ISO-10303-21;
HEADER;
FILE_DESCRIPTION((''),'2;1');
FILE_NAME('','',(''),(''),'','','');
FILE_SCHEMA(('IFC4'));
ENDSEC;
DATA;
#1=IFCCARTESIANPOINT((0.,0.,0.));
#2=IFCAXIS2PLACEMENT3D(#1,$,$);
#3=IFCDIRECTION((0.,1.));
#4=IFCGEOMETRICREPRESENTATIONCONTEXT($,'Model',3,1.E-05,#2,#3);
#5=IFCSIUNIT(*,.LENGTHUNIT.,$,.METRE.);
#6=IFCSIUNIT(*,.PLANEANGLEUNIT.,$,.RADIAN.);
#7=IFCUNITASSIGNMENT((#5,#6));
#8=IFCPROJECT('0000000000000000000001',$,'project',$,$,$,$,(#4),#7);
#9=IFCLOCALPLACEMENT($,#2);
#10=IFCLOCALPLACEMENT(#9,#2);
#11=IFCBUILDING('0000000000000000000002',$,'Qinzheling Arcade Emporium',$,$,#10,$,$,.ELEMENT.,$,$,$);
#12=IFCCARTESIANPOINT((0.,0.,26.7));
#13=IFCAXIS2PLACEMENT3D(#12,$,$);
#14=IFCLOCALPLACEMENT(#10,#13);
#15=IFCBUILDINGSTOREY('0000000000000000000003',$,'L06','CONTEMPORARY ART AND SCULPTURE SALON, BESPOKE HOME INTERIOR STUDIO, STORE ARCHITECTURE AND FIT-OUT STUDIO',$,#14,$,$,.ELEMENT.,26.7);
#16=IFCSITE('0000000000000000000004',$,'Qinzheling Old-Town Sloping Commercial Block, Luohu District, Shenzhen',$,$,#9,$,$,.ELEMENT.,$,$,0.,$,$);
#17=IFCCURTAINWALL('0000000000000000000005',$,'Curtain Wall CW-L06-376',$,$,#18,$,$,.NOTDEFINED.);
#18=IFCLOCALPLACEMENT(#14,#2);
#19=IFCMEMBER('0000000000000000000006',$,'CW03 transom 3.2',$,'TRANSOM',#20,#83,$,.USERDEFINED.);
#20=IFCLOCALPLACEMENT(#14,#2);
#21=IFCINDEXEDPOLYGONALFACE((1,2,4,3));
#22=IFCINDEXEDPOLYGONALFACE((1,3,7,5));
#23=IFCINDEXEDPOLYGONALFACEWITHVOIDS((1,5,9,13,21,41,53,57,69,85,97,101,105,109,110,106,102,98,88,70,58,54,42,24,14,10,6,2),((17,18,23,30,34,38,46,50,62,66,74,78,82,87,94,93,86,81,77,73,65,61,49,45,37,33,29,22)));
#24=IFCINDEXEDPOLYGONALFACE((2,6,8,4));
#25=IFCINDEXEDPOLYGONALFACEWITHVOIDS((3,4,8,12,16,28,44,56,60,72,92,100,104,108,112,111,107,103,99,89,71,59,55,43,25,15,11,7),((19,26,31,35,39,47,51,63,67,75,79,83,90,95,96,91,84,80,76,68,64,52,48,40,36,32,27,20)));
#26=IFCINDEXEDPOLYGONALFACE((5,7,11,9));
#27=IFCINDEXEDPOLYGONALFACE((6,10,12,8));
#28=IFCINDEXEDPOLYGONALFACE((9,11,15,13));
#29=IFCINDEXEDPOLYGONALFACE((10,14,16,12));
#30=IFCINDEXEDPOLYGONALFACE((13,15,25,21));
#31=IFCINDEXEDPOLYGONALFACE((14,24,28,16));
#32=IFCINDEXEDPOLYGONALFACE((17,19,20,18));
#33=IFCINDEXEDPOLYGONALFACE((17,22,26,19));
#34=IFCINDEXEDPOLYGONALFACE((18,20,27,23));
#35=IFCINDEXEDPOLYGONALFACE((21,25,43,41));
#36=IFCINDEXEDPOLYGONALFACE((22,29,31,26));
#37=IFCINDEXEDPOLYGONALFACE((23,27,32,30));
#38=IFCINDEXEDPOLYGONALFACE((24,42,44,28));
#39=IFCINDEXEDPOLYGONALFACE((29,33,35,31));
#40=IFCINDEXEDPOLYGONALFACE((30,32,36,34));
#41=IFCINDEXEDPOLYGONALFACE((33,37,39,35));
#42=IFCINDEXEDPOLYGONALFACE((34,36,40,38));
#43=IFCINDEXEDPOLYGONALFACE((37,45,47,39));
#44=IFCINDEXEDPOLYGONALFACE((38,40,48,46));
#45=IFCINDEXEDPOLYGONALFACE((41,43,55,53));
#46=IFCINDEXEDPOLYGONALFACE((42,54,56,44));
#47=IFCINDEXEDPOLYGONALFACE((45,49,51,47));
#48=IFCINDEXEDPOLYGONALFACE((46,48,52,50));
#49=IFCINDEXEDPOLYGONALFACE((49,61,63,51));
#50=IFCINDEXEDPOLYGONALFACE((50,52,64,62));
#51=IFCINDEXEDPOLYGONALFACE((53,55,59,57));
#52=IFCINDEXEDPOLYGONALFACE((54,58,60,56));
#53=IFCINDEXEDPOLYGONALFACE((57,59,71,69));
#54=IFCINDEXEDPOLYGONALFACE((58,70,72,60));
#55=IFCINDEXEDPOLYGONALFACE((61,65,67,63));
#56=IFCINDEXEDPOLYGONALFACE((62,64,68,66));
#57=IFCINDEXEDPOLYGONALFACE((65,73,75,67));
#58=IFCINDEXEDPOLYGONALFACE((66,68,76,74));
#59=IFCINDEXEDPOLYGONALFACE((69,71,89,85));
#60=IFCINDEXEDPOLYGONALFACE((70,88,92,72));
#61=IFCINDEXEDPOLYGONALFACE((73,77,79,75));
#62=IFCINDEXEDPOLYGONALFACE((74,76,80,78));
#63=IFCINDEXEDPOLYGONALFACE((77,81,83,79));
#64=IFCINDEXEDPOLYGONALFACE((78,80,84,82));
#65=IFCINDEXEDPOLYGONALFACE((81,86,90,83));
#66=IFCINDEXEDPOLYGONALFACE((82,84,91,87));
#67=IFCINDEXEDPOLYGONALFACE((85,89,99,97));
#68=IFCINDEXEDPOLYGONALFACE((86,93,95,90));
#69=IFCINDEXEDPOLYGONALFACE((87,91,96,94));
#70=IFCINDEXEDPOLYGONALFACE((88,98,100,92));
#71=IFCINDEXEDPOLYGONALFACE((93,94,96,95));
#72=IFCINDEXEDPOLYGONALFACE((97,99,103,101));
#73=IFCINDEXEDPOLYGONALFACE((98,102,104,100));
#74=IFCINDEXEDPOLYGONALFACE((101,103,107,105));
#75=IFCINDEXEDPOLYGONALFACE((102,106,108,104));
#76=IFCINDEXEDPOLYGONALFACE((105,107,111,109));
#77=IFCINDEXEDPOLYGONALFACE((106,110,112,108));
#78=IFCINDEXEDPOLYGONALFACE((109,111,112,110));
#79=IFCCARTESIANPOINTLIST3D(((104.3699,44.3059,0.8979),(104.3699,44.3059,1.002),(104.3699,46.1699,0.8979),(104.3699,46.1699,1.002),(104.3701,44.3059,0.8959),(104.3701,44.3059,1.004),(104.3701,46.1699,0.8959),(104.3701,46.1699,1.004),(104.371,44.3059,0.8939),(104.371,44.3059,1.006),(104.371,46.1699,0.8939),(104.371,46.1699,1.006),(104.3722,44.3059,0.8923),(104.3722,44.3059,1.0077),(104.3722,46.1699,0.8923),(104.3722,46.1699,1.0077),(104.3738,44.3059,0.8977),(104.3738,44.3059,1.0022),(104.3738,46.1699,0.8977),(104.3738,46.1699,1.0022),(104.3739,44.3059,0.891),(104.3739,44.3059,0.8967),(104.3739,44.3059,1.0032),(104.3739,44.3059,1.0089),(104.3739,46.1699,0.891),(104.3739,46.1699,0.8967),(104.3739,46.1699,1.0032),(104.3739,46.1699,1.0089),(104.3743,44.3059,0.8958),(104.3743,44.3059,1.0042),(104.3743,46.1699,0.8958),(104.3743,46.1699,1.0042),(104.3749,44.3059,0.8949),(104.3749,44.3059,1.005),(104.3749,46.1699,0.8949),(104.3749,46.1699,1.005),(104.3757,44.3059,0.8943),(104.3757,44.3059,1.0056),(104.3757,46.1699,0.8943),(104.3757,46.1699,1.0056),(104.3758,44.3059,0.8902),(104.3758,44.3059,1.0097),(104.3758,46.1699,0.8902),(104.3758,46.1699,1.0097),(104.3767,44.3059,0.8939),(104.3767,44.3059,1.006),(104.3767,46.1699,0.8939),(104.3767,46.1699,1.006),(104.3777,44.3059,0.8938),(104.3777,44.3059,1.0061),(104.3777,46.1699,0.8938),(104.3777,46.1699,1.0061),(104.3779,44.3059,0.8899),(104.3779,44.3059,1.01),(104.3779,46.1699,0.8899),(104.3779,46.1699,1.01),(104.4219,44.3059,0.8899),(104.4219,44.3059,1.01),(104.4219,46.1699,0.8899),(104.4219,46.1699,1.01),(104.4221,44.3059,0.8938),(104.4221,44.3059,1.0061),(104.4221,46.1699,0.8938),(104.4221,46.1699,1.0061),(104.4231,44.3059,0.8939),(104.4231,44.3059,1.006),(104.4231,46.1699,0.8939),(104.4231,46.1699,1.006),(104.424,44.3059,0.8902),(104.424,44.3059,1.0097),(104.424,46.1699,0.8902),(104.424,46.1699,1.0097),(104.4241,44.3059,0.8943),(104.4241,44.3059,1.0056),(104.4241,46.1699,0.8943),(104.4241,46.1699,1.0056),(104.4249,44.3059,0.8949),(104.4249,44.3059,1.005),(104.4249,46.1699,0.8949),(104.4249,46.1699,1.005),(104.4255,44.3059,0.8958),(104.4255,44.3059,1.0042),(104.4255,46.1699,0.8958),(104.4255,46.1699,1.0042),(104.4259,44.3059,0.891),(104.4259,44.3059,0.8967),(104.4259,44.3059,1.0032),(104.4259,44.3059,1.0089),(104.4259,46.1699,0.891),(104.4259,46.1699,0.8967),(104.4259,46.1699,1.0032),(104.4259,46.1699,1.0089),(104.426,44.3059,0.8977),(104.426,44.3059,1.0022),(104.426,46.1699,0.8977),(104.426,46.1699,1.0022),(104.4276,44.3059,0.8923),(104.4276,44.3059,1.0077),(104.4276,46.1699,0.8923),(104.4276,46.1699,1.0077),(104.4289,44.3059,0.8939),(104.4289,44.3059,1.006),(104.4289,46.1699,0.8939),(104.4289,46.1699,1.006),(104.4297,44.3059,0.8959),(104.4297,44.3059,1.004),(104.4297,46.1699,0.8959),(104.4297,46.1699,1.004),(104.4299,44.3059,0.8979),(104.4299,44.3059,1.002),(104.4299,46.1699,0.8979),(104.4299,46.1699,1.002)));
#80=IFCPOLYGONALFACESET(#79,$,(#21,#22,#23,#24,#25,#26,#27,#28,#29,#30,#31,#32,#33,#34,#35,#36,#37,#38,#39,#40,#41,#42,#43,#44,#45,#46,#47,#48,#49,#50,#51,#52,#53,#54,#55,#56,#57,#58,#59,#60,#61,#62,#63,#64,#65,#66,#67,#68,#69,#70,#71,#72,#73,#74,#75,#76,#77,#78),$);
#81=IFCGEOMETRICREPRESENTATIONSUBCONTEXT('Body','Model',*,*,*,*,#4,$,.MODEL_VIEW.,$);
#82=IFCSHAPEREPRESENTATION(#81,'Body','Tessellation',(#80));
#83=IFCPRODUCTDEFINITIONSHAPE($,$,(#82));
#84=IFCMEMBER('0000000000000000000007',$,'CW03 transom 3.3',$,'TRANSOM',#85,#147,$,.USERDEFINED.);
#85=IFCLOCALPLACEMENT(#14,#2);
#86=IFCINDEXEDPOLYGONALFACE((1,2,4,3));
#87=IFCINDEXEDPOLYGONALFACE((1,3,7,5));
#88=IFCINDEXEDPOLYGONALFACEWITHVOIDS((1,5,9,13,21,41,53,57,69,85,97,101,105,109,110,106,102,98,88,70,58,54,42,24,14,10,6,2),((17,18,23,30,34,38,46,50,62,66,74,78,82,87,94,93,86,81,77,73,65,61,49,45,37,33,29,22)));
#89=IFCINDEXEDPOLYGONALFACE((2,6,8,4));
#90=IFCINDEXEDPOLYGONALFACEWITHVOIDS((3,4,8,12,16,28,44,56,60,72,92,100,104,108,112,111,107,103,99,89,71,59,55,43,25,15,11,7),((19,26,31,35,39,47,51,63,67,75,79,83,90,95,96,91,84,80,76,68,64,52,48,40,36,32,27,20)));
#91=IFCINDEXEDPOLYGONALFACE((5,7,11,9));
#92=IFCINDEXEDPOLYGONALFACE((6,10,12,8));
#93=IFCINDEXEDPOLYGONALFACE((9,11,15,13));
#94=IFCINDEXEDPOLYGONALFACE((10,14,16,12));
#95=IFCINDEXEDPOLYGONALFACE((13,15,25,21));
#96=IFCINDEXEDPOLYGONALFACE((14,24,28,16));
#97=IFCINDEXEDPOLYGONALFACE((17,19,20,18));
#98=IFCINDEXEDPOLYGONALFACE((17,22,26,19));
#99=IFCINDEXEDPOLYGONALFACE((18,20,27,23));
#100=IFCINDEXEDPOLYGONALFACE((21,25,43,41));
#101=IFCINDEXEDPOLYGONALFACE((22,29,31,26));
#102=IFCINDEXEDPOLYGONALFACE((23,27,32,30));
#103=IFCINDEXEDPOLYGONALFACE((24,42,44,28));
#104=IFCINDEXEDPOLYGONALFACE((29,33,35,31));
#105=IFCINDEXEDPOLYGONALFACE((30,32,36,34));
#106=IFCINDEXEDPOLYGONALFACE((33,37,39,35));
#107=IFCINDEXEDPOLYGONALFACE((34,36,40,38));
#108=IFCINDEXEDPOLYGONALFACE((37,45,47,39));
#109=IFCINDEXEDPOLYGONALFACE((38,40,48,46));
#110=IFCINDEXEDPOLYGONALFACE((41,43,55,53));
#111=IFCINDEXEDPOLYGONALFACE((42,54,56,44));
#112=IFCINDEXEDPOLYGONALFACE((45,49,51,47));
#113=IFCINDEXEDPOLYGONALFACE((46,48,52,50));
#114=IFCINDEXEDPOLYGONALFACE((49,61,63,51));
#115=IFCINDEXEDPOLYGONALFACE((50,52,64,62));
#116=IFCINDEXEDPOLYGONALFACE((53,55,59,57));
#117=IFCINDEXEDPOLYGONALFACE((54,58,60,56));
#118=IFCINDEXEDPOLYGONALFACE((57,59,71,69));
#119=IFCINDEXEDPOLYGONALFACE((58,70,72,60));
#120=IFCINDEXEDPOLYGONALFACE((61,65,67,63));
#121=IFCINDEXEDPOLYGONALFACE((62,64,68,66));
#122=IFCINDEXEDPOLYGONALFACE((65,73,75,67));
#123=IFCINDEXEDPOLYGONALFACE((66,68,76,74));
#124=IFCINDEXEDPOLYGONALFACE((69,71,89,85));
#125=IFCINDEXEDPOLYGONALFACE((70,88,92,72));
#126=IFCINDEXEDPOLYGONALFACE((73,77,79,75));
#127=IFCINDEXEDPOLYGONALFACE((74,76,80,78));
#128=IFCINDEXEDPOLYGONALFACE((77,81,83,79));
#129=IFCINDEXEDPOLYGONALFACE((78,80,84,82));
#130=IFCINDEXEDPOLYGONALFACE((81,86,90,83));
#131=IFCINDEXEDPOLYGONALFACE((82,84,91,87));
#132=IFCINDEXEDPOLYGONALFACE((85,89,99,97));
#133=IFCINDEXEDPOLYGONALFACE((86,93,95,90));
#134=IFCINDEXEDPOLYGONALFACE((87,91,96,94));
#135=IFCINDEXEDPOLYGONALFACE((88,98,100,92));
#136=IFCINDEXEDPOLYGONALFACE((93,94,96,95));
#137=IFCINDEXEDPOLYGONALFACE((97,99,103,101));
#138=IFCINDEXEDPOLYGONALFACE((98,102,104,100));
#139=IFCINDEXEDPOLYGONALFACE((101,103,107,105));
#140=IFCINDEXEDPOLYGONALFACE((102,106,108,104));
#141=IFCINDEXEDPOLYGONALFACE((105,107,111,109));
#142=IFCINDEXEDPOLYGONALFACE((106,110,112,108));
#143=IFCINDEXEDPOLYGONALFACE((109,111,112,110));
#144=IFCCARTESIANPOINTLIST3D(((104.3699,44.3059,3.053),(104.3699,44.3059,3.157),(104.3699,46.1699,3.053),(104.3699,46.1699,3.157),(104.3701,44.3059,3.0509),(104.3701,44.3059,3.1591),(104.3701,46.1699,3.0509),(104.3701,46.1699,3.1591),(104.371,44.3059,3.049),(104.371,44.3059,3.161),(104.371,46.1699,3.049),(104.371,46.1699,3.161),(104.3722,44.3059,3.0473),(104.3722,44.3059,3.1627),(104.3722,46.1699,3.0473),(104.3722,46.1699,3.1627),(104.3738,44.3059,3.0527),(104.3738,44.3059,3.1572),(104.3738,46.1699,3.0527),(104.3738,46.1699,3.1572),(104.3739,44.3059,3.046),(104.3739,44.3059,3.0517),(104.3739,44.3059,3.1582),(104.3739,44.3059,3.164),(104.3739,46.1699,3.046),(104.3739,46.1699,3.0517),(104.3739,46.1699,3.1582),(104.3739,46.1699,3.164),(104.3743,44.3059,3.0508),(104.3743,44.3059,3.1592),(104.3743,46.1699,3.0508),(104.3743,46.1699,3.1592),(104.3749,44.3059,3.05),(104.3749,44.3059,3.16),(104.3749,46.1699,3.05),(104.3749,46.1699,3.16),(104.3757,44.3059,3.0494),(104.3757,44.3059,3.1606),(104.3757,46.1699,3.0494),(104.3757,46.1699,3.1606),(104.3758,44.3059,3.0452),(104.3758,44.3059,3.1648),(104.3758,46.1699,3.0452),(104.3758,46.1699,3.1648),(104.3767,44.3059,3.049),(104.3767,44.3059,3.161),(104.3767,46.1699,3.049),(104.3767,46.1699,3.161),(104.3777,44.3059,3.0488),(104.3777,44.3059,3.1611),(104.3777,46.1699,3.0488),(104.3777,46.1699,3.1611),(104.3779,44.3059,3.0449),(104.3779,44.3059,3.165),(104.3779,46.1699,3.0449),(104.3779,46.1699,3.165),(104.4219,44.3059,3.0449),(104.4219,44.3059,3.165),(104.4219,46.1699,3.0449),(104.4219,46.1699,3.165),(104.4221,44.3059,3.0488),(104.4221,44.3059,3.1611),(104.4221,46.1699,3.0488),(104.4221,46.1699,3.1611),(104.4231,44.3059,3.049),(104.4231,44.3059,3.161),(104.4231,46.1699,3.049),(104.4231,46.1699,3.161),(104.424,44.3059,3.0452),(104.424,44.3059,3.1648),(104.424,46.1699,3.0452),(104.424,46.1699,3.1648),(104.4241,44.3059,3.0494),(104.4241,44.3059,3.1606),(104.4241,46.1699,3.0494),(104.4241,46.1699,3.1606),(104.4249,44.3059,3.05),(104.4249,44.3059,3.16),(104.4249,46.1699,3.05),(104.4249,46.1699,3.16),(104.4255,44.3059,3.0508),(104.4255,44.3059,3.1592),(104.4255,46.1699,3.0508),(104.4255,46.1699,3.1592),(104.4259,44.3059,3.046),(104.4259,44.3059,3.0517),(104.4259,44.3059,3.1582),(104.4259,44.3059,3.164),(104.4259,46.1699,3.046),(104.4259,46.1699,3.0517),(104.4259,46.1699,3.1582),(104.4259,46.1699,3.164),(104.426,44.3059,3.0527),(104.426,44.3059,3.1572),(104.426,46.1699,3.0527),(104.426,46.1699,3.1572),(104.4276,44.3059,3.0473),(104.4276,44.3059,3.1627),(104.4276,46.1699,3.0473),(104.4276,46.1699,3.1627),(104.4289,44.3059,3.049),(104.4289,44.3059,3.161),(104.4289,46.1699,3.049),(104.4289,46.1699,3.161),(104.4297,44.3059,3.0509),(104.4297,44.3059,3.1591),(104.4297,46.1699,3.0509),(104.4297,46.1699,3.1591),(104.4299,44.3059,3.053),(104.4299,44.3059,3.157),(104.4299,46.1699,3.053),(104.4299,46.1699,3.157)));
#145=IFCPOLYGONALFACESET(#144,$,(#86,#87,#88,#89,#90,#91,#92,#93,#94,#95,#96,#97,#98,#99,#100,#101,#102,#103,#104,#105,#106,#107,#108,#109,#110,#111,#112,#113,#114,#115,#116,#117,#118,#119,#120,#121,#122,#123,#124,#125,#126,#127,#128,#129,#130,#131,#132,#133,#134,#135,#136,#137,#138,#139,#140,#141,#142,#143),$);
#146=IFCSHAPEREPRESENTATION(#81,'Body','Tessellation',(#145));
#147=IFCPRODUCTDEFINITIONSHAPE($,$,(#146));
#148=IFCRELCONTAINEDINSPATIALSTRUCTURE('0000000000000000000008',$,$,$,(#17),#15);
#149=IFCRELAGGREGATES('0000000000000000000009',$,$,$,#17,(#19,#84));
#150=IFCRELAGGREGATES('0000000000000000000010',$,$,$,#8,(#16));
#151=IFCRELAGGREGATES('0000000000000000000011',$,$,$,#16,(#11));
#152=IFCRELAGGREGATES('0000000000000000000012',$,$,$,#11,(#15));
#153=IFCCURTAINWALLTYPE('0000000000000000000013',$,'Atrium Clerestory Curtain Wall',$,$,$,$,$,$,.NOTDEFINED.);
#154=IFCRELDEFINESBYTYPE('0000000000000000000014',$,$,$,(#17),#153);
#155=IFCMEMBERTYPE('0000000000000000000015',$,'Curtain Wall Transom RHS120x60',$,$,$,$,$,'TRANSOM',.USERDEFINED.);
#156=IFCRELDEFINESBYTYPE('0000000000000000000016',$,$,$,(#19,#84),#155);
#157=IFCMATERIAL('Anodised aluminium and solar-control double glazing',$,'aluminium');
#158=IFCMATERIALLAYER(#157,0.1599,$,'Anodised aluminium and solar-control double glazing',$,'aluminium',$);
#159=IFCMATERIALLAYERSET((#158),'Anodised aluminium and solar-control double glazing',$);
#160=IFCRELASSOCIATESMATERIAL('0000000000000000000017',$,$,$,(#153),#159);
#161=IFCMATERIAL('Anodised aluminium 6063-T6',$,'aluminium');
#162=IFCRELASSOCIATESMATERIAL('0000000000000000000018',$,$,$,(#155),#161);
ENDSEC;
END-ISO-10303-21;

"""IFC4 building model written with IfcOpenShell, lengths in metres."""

from ifc_helpers import new_model, si_unit, direction, frame, origin, origin_2d, place, context, subcontext, project, spatial, hollow_rectangle, extrude, material, layer, layer_set, material_profile, profile_set, type_object, element, aggregate, save


model = new_model("IFC4")

# Units and contexts
model_context = context("Model", 3, precision=1e-05, world=origin(), true_north=direction((0.0, 1.0)))
body_context = subcontext(model_context, "Body", "Model", "MODEL_VIEW")
ifc_project = project(units=[si_unit("LENGTHUNIT", "METRE"), si_unit("PLANEANGLEUNIT", "RADIAN")], contexts=[model_context])

# Site, building, storey
site_placement = place(None, origin())
site = spatial("IfcSite", under=ifc_project, at=site_placement, Name="Qinzheling Old-Town Sloping Commercial Block, Luohu District, Shenzhen", CompositionType="ELEMENT", RefElevation=0.0)
building_placement = place(site_placement, origin())
building = spatial("IfcBuilding", under=site, at=building_placement, Name="Qinzheling Arcade Emporium", CompositionType="ELEMENT")
storey_placement = place(building_placement, frame((0.0, 0.0, 26.7)))
storey = spatial("IfcBuildingStorey", under=building, at=storey_placement, Name="L06", Description="CONTEMPORARY ART AND SCULPTURE SALON, BESPOKE HOME INTERIOR STUDIO, STORE ARCHITECTURE AND FIT-OUT STUDIO", CompositionType="ELEMENT", Elevation=26.7)

# Curtain wall
ifc_material_1 = material(Name="Anodised aluminium and solar-control double glazing", Category="aluminium")
ifc_layer_1 = layer(ifc_material_1, 0.1599, Name="Anodised aluminium and solar-control double glazing", Category="aluminium")
ifc_layer_set_1 = layer_set([ifc_layer_1], Name="Anodised aluminium and solar-control double glazing")
curtain_wall_type = type_object("IfcCurtainWallType", Name="Atrium Clerestory Curtain Wall", PredefinedType="NOTDEFINED", material=ifc_layer_set_1)
curtain_wall_1_placement = place(storey_placement, origin())
curtain_wall_1 = element("IfcCurtainWall", 1, at=curtain_wall_1_placement, inside=storey, type_object=curtain_wall_type, Name="Curtain Wall CW-L06-376", PredefinedType="NOTDEFINED")
ifc_material_2 = material(Name="Anodised aluminium 6063-T6", Category="aluminium")

# Members
ifc_material_profile_1 = material_profile(ifc_material_2, hollow_rectangle(XDim=0.0601, YDim=0.1201, WallThickness=0.0039, InnerFilletRadius=0.0039, OuterFilletRadius=0.0081, at=origin_2d()), Name="RHS 120x60x4", Category="aluminium")
ifc_profile_set_1 = profile_set([ifc_material_profile_1], Name="Anodised aluminium 6063-T6")
member_type_1 = type_object("IfcMemberType", Name="Curtain Wall Transom RHS120x60", ElementType="TRANSOM", PredefinedType="USERDEFINED", material=ifc_profile_set_1)
member_1_placement = place(storey_placement, frame((104.3999, 46.1699, 0.95), z_axis=(0.0, -1.0, 0.0), x_axis=(1.0, 0.0, 0.0)))
member_1 = element("IfcMember", 2, at=member_1_placement, type_object=member_type_1, Name="CW03 transom 3.2", ObjectType="TRANSOM", PredefinedType="USERDEFINED", context=body_context, shape_type="SweptSolid", body=[
    extrude(hollow_rectangle(XDim=0.0601, YDim=0.1201, WallThickness=0.0039, InnerFilletRadius=0.0039, OuterFilletRadius=0.0081, at=origin_2d()), origin(), (0.0, 0.0, 1.0), 1.864),
])
member_2_placement = place(storey_placement, frame((104.3999, 46.1699, 3.105), z_axis=(0.0, -1.0, 0.0), x_axis=(1.0, 0.0, 0.0)))
member_2 = element("IfcMember", 3, at=member_2_placement, type_object=member_type_1, Name="CW03 transom 3.3", ObjectType="TRANSOM", PredefinedType="USERDEFINED", context=body_context, shape_type="SweptSolid", body=[
    extrude(hollow_rectangle(XDim=0.0601, YDim=0.1201, WallThickness=0.0039, InnerFilletRadius=0.0039, OuterFilletRadius=0.0081, at=origin_2d()), origin(), (0.0, 0.0, 1.0), 1.864),
])

aggregate(curtain_wall_1, [member_1, member_2])

save(model, "model.ifc")
